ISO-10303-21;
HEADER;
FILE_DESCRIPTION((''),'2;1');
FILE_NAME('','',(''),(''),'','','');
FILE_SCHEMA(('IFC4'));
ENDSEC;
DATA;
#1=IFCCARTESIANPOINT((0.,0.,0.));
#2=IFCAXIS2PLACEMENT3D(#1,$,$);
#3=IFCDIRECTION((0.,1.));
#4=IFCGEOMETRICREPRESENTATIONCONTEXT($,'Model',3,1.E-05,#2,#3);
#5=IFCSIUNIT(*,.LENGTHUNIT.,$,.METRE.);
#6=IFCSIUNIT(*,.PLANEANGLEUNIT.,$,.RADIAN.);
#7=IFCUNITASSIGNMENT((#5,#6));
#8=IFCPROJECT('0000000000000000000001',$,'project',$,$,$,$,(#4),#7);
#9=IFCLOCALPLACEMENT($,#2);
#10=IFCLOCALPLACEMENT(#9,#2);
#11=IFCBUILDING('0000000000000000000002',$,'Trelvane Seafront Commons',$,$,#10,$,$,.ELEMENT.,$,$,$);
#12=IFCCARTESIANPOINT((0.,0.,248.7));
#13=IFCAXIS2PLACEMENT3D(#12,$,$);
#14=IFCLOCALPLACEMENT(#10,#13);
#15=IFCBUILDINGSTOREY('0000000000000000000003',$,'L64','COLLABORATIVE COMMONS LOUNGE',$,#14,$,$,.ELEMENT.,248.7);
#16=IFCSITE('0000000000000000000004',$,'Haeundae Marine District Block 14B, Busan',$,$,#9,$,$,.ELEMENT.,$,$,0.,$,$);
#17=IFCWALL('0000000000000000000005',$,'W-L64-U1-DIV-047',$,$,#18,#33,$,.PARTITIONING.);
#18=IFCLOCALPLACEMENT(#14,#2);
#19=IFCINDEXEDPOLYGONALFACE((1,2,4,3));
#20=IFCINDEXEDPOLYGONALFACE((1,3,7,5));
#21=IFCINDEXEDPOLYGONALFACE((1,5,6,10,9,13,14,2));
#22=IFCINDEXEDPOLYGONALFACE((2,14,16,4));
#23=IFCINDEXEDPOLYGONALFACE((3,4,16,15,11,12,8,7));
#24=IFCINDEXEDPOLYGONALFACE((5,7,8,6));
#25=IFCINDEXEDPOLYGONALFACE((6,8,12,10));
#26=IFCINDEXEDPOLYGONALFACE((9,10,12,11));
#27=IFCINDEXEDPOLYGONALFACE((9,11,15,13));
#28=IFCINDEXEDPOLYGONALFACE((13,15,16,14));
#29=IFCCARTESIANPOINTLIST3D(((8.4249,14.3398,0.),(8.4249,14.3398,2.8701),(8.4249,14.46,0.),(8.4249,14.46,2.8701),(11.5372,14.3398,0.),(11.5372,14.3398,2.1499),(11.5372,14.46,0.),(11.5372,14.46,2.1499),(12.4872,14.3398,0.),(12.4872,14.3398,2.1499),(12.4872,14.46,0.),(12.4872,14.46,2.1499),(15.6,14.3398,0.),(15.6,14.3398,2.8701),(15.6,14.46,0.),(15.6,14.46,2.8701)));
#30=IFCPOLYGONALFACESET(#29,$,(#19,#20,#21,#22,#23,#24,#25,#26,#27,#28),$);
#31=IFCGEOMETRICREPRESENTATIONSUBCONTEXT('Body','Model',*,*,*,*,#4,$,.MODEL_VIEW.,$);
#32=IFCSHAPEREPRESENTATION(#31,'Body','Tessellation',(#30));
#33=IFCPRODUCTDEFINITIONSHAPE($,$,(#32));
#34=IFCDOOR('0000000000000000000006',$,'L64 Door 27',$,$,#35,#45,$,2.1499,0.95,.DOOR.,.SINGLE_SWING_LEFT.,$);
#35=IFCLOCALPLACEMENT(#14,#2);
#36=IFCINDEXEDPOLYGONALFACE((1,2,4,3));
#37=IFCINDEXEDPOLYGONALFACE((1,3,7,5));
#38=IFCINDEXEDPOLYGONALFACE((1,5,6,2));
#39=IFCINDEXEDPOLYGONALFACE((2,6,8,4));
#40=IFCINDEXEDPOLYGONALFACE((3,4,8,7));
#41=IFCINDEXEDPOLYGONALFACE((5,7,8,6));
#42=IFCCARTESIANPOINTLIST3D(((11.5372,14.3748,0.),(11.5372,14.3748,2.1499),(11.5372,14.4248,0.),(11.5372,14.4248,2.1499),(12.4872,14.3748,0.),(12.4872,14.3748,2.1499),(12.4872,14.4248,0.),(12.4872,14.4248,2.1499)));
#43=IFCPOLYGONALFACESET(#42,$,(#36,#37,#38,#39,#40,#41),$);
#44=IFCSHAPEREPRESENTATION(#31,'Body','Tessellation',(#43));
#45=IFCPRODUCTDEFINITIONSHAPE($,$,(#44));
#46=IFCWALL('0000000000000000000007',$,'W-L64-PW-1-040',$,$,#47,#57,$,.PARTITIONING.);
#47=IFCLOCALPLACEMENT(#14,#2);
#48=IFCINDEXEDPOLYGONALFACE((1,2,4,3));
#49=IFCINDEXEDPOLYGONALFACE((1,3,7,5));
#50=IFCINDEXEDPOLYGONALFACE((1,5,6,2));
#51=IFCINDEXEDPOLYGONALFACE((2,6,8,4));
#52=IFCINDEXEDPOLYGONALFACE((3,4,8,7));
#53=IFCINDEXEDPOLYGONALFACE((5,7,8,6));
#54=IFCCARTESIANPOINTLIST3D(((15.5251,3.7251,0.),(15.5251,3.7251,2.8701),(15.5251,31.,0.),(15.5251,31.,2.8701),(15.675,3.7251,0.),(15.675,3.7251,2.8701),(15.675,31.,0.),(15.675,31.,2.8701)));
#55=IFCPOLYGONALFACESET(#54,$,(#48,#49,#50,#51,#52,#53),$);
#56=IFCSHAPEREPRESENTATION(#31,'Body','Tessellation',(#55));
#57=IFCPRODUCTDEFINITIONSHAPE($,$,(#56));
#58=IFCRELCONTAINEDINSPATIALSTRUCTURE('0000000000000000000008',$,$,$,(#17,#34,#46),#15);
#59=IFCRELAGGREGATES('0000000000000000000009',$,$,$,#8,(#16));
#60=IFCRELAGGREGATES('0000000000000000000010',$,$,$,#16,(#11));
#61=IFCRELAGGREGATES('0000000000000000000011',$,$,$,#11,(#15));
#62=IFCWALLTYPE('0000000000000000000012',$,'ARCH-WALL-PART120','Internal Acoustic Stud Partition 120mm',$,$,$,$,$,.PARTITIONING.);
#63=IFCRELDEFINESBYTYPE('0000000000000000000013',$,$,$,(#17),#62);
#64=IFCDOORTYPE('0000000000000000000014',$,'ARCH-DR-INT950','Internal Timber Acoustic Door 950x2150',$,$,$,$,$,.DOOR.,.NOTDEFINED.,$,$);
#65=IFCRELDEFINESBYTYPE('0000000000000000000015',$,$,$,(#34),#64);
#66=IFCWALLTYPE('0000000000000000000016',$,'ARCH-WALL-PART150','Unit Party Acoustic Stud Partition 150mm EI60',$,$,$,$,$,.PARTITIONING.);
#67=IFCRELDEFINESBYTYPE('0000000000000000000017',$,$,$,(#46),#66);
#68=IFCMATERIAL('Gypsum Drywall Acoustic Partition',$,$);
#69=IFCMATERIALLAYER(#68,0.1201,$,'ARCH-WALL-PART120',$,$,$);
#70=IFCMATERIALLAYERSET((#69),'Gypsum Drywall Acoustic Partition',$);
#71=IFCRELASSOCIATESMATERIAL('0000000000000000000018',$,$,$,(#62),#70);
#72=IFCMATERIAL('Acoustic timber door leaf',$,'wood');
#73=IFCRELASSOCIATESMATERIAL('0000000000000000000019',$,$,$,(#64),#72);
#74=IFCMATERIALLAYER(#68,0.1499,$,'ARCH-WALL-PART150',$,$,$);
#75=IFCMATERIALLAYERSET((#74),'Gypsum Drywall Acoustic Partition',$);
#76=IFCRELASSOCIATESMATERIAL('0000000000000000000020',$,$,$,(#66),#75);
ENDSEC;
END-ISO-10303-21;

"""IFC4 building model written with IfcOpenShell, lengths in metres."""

from ifc_helpers import new_model, si_unit, direction, frame, frame_2d, origin, place, context, subcontext, project, spatial, rectangle, extrude, source, transform, mapped, material, layer, layer_set, type_object, element, fill, save


model = new_model("IFC4")

# Units and contexts
model_context = context("Model", 3, precision=1e-05, world=origin(), true_north=direction((0.0, 1.0)))
body_context = subcontext(model_context, "Body", "Model", "MODEL_VIEW")
ifc_project = project(units=[si_unit("LENGTHUNIT", "METRE"), si_unit("PLANEANGLEUNIT", "RADIAN")], contexts=[model_context])

# Site, building, storey
site_placement = place(None, origin())
site = spatial("IfcSite", under=ifc_project, at=site_placement, Name="Haeundae Marine District Block 14B, Busan", CompositionType="ELEMENT", RefElevation=0.0)
building_placement = place(site_placement, origin())
building = spatial("IfcBuilding", under=site, at=building_placement, Name="Trelvane Seafront Commons", CompositionType="ELEMENT")
storey_placement = place(building_placement, frame((0.0, 0.0, 248.7)))
storey = spatial("IfcBuildingStorey", under=building, at=storey_placement, Name="L64", Description="COLLABORATIVE COMMONS LOUNGE", CompositionType="ELEMENT", Elevation=248.7)

# Wall, opening, door
ifc_material_1 = material(Name="Gypsum Drywall Acoustic Partition")
ifc_layer_1 = layer(ifc_material_1, 0.1201, Name="ARCH-WALL-PART120")
ifc_layer_set_1 = layer_set([ifc_layer_1], Name="Gypsum Drywall Acoustic Partition")
wall_type_1 = type_object("IfcWallType", Name="ARCH-WALL-PART120", Description="Internal Acoustic Stud Partition 120mm", PredefinedType="PARTITIONING", material=ifc_layer_set_1)
wall_1_placement = place(storey_placement, frame((8.425, 14.3999, 0.0), z_axis=(0.0, 0.0, 1.0), x_axis=(1.0, 0.0, 0.0)))
wall_1 = element("IfcWall", 1, at=wall_1_placement, inside=storey, type_object=wall_type_1, Name="W-L64-U1-DIV-047", PredefinedType="PARTITIONING", context=body_context, shape_type="SweptSolid", body=[
    extrude(rectangle(XDim=7.175, YDim=0.1201, at=frame_2d((3.5874, 0.0))), origin(), (0.0, 0.0, 1.0), 2.8701),
])
opening_1_placement = place(wall_1_placement, frame((3.1121, 0.0, 0.0)))
opening_1 = element("IfcOpeningElement", 2, at=opening_1_placement, cuts=wall_1, PredefinedType="OPENING", context=body_context, shape_type="SweptSolid", body=[
    extrude(rectangle(XDim=0.95, YDim=2.1499, at=frame_2d((0.4751, 1.075))), frame((0.0, 0.0701, 0.0), z_axis=(0.0, -1.0, 0.0), x_axis=(1.0, 0.0, 0.0)), (0.0, 0.0, 1.0), 0.1401),
])
ifc_material_2 = material(Name="Acoustic timber door leaf", Category="wood")
door_type = type_object("IfcDoorType", Name="ARCH-DR-INT950", Description="Internal Timber Acoustic Door 950x2150", OperationType="NOTDEFINED", PredefinedType="DOOR", material=ifc_material_2)
shared_shape_1 = source(origin(), body_context, "Body", "SweptSolid", [
    extrude(rectangle(XDim=0.95, YDim=2.1499, at=frame_2d((0.4751, 1.075))), frame((0.0, 0.0249, 0.0), z_axis=(0.0, -1.0, 0.0), x_axis=(1.0, 0.0, 0.0)), (0.0, 0.0, 1.0), 0.05),
])
door_placement = place(opening_1_placement, origin())
door = element("IfcDoor", 3, at=door_placement, inside=storey, type_object=door_type, Name="L64 Door 27", OperationType="SINGLE_SWING_LEFT", OverallHeight=2.1499, OverallWidth=0.95, PredefinedType="DOOR", context=body_context, shape_type="MappedRepresentation", body=[
    mapped(shared_shape_1, transform((0.0, 0.0, 0.0), x_axis=(1.0, 0.0, 0.0), y_axis=(0.0, 1.0, 0.0), z_axis=(0.0, 0.0, 1.0), scale=1.0)),
])
fill(opening_1, door)

# Wall
ifc_layer_2 = layer(ifc_material_1, 0.1499, Name="ARCH-WALL-PART150")
ifc_layer_set_2 = layer_set([ifc_layer_2], Name="Gypsum Drywall Acoustic Partition")
wall_type_2 = type_object("IfcWallType", Name="ARCH-WALL-PART150", Description="Unit Party Acoustic Stud Partition 150mm EI60", PredefinedType="PARTITIONING", material=ifc_layer_set_2)
wall_2_placement = place(storey_placement, frame((15.6001, 3.7251, 0.0), z_axis=(0.0, 0.0, 1.0), x_axis=(0.0, 1.0, 0.0)))
element("IfcWall", 4, at=wall_2_placement, inside=storey, type_object=wall_type_2, Name="W-L64-PW-1-040", PredefinedType="PARTITIONING", context=body_context, shape_type="SweptSolid", body=[
    extrude(rectangle(XDim=27.2749, YDim=0.1499, at=frame_2d((13.6375, 0.0))), origin(), (0.0, 0.0, 1.0), 2.8701),
])

save(model, "model.ifc")
